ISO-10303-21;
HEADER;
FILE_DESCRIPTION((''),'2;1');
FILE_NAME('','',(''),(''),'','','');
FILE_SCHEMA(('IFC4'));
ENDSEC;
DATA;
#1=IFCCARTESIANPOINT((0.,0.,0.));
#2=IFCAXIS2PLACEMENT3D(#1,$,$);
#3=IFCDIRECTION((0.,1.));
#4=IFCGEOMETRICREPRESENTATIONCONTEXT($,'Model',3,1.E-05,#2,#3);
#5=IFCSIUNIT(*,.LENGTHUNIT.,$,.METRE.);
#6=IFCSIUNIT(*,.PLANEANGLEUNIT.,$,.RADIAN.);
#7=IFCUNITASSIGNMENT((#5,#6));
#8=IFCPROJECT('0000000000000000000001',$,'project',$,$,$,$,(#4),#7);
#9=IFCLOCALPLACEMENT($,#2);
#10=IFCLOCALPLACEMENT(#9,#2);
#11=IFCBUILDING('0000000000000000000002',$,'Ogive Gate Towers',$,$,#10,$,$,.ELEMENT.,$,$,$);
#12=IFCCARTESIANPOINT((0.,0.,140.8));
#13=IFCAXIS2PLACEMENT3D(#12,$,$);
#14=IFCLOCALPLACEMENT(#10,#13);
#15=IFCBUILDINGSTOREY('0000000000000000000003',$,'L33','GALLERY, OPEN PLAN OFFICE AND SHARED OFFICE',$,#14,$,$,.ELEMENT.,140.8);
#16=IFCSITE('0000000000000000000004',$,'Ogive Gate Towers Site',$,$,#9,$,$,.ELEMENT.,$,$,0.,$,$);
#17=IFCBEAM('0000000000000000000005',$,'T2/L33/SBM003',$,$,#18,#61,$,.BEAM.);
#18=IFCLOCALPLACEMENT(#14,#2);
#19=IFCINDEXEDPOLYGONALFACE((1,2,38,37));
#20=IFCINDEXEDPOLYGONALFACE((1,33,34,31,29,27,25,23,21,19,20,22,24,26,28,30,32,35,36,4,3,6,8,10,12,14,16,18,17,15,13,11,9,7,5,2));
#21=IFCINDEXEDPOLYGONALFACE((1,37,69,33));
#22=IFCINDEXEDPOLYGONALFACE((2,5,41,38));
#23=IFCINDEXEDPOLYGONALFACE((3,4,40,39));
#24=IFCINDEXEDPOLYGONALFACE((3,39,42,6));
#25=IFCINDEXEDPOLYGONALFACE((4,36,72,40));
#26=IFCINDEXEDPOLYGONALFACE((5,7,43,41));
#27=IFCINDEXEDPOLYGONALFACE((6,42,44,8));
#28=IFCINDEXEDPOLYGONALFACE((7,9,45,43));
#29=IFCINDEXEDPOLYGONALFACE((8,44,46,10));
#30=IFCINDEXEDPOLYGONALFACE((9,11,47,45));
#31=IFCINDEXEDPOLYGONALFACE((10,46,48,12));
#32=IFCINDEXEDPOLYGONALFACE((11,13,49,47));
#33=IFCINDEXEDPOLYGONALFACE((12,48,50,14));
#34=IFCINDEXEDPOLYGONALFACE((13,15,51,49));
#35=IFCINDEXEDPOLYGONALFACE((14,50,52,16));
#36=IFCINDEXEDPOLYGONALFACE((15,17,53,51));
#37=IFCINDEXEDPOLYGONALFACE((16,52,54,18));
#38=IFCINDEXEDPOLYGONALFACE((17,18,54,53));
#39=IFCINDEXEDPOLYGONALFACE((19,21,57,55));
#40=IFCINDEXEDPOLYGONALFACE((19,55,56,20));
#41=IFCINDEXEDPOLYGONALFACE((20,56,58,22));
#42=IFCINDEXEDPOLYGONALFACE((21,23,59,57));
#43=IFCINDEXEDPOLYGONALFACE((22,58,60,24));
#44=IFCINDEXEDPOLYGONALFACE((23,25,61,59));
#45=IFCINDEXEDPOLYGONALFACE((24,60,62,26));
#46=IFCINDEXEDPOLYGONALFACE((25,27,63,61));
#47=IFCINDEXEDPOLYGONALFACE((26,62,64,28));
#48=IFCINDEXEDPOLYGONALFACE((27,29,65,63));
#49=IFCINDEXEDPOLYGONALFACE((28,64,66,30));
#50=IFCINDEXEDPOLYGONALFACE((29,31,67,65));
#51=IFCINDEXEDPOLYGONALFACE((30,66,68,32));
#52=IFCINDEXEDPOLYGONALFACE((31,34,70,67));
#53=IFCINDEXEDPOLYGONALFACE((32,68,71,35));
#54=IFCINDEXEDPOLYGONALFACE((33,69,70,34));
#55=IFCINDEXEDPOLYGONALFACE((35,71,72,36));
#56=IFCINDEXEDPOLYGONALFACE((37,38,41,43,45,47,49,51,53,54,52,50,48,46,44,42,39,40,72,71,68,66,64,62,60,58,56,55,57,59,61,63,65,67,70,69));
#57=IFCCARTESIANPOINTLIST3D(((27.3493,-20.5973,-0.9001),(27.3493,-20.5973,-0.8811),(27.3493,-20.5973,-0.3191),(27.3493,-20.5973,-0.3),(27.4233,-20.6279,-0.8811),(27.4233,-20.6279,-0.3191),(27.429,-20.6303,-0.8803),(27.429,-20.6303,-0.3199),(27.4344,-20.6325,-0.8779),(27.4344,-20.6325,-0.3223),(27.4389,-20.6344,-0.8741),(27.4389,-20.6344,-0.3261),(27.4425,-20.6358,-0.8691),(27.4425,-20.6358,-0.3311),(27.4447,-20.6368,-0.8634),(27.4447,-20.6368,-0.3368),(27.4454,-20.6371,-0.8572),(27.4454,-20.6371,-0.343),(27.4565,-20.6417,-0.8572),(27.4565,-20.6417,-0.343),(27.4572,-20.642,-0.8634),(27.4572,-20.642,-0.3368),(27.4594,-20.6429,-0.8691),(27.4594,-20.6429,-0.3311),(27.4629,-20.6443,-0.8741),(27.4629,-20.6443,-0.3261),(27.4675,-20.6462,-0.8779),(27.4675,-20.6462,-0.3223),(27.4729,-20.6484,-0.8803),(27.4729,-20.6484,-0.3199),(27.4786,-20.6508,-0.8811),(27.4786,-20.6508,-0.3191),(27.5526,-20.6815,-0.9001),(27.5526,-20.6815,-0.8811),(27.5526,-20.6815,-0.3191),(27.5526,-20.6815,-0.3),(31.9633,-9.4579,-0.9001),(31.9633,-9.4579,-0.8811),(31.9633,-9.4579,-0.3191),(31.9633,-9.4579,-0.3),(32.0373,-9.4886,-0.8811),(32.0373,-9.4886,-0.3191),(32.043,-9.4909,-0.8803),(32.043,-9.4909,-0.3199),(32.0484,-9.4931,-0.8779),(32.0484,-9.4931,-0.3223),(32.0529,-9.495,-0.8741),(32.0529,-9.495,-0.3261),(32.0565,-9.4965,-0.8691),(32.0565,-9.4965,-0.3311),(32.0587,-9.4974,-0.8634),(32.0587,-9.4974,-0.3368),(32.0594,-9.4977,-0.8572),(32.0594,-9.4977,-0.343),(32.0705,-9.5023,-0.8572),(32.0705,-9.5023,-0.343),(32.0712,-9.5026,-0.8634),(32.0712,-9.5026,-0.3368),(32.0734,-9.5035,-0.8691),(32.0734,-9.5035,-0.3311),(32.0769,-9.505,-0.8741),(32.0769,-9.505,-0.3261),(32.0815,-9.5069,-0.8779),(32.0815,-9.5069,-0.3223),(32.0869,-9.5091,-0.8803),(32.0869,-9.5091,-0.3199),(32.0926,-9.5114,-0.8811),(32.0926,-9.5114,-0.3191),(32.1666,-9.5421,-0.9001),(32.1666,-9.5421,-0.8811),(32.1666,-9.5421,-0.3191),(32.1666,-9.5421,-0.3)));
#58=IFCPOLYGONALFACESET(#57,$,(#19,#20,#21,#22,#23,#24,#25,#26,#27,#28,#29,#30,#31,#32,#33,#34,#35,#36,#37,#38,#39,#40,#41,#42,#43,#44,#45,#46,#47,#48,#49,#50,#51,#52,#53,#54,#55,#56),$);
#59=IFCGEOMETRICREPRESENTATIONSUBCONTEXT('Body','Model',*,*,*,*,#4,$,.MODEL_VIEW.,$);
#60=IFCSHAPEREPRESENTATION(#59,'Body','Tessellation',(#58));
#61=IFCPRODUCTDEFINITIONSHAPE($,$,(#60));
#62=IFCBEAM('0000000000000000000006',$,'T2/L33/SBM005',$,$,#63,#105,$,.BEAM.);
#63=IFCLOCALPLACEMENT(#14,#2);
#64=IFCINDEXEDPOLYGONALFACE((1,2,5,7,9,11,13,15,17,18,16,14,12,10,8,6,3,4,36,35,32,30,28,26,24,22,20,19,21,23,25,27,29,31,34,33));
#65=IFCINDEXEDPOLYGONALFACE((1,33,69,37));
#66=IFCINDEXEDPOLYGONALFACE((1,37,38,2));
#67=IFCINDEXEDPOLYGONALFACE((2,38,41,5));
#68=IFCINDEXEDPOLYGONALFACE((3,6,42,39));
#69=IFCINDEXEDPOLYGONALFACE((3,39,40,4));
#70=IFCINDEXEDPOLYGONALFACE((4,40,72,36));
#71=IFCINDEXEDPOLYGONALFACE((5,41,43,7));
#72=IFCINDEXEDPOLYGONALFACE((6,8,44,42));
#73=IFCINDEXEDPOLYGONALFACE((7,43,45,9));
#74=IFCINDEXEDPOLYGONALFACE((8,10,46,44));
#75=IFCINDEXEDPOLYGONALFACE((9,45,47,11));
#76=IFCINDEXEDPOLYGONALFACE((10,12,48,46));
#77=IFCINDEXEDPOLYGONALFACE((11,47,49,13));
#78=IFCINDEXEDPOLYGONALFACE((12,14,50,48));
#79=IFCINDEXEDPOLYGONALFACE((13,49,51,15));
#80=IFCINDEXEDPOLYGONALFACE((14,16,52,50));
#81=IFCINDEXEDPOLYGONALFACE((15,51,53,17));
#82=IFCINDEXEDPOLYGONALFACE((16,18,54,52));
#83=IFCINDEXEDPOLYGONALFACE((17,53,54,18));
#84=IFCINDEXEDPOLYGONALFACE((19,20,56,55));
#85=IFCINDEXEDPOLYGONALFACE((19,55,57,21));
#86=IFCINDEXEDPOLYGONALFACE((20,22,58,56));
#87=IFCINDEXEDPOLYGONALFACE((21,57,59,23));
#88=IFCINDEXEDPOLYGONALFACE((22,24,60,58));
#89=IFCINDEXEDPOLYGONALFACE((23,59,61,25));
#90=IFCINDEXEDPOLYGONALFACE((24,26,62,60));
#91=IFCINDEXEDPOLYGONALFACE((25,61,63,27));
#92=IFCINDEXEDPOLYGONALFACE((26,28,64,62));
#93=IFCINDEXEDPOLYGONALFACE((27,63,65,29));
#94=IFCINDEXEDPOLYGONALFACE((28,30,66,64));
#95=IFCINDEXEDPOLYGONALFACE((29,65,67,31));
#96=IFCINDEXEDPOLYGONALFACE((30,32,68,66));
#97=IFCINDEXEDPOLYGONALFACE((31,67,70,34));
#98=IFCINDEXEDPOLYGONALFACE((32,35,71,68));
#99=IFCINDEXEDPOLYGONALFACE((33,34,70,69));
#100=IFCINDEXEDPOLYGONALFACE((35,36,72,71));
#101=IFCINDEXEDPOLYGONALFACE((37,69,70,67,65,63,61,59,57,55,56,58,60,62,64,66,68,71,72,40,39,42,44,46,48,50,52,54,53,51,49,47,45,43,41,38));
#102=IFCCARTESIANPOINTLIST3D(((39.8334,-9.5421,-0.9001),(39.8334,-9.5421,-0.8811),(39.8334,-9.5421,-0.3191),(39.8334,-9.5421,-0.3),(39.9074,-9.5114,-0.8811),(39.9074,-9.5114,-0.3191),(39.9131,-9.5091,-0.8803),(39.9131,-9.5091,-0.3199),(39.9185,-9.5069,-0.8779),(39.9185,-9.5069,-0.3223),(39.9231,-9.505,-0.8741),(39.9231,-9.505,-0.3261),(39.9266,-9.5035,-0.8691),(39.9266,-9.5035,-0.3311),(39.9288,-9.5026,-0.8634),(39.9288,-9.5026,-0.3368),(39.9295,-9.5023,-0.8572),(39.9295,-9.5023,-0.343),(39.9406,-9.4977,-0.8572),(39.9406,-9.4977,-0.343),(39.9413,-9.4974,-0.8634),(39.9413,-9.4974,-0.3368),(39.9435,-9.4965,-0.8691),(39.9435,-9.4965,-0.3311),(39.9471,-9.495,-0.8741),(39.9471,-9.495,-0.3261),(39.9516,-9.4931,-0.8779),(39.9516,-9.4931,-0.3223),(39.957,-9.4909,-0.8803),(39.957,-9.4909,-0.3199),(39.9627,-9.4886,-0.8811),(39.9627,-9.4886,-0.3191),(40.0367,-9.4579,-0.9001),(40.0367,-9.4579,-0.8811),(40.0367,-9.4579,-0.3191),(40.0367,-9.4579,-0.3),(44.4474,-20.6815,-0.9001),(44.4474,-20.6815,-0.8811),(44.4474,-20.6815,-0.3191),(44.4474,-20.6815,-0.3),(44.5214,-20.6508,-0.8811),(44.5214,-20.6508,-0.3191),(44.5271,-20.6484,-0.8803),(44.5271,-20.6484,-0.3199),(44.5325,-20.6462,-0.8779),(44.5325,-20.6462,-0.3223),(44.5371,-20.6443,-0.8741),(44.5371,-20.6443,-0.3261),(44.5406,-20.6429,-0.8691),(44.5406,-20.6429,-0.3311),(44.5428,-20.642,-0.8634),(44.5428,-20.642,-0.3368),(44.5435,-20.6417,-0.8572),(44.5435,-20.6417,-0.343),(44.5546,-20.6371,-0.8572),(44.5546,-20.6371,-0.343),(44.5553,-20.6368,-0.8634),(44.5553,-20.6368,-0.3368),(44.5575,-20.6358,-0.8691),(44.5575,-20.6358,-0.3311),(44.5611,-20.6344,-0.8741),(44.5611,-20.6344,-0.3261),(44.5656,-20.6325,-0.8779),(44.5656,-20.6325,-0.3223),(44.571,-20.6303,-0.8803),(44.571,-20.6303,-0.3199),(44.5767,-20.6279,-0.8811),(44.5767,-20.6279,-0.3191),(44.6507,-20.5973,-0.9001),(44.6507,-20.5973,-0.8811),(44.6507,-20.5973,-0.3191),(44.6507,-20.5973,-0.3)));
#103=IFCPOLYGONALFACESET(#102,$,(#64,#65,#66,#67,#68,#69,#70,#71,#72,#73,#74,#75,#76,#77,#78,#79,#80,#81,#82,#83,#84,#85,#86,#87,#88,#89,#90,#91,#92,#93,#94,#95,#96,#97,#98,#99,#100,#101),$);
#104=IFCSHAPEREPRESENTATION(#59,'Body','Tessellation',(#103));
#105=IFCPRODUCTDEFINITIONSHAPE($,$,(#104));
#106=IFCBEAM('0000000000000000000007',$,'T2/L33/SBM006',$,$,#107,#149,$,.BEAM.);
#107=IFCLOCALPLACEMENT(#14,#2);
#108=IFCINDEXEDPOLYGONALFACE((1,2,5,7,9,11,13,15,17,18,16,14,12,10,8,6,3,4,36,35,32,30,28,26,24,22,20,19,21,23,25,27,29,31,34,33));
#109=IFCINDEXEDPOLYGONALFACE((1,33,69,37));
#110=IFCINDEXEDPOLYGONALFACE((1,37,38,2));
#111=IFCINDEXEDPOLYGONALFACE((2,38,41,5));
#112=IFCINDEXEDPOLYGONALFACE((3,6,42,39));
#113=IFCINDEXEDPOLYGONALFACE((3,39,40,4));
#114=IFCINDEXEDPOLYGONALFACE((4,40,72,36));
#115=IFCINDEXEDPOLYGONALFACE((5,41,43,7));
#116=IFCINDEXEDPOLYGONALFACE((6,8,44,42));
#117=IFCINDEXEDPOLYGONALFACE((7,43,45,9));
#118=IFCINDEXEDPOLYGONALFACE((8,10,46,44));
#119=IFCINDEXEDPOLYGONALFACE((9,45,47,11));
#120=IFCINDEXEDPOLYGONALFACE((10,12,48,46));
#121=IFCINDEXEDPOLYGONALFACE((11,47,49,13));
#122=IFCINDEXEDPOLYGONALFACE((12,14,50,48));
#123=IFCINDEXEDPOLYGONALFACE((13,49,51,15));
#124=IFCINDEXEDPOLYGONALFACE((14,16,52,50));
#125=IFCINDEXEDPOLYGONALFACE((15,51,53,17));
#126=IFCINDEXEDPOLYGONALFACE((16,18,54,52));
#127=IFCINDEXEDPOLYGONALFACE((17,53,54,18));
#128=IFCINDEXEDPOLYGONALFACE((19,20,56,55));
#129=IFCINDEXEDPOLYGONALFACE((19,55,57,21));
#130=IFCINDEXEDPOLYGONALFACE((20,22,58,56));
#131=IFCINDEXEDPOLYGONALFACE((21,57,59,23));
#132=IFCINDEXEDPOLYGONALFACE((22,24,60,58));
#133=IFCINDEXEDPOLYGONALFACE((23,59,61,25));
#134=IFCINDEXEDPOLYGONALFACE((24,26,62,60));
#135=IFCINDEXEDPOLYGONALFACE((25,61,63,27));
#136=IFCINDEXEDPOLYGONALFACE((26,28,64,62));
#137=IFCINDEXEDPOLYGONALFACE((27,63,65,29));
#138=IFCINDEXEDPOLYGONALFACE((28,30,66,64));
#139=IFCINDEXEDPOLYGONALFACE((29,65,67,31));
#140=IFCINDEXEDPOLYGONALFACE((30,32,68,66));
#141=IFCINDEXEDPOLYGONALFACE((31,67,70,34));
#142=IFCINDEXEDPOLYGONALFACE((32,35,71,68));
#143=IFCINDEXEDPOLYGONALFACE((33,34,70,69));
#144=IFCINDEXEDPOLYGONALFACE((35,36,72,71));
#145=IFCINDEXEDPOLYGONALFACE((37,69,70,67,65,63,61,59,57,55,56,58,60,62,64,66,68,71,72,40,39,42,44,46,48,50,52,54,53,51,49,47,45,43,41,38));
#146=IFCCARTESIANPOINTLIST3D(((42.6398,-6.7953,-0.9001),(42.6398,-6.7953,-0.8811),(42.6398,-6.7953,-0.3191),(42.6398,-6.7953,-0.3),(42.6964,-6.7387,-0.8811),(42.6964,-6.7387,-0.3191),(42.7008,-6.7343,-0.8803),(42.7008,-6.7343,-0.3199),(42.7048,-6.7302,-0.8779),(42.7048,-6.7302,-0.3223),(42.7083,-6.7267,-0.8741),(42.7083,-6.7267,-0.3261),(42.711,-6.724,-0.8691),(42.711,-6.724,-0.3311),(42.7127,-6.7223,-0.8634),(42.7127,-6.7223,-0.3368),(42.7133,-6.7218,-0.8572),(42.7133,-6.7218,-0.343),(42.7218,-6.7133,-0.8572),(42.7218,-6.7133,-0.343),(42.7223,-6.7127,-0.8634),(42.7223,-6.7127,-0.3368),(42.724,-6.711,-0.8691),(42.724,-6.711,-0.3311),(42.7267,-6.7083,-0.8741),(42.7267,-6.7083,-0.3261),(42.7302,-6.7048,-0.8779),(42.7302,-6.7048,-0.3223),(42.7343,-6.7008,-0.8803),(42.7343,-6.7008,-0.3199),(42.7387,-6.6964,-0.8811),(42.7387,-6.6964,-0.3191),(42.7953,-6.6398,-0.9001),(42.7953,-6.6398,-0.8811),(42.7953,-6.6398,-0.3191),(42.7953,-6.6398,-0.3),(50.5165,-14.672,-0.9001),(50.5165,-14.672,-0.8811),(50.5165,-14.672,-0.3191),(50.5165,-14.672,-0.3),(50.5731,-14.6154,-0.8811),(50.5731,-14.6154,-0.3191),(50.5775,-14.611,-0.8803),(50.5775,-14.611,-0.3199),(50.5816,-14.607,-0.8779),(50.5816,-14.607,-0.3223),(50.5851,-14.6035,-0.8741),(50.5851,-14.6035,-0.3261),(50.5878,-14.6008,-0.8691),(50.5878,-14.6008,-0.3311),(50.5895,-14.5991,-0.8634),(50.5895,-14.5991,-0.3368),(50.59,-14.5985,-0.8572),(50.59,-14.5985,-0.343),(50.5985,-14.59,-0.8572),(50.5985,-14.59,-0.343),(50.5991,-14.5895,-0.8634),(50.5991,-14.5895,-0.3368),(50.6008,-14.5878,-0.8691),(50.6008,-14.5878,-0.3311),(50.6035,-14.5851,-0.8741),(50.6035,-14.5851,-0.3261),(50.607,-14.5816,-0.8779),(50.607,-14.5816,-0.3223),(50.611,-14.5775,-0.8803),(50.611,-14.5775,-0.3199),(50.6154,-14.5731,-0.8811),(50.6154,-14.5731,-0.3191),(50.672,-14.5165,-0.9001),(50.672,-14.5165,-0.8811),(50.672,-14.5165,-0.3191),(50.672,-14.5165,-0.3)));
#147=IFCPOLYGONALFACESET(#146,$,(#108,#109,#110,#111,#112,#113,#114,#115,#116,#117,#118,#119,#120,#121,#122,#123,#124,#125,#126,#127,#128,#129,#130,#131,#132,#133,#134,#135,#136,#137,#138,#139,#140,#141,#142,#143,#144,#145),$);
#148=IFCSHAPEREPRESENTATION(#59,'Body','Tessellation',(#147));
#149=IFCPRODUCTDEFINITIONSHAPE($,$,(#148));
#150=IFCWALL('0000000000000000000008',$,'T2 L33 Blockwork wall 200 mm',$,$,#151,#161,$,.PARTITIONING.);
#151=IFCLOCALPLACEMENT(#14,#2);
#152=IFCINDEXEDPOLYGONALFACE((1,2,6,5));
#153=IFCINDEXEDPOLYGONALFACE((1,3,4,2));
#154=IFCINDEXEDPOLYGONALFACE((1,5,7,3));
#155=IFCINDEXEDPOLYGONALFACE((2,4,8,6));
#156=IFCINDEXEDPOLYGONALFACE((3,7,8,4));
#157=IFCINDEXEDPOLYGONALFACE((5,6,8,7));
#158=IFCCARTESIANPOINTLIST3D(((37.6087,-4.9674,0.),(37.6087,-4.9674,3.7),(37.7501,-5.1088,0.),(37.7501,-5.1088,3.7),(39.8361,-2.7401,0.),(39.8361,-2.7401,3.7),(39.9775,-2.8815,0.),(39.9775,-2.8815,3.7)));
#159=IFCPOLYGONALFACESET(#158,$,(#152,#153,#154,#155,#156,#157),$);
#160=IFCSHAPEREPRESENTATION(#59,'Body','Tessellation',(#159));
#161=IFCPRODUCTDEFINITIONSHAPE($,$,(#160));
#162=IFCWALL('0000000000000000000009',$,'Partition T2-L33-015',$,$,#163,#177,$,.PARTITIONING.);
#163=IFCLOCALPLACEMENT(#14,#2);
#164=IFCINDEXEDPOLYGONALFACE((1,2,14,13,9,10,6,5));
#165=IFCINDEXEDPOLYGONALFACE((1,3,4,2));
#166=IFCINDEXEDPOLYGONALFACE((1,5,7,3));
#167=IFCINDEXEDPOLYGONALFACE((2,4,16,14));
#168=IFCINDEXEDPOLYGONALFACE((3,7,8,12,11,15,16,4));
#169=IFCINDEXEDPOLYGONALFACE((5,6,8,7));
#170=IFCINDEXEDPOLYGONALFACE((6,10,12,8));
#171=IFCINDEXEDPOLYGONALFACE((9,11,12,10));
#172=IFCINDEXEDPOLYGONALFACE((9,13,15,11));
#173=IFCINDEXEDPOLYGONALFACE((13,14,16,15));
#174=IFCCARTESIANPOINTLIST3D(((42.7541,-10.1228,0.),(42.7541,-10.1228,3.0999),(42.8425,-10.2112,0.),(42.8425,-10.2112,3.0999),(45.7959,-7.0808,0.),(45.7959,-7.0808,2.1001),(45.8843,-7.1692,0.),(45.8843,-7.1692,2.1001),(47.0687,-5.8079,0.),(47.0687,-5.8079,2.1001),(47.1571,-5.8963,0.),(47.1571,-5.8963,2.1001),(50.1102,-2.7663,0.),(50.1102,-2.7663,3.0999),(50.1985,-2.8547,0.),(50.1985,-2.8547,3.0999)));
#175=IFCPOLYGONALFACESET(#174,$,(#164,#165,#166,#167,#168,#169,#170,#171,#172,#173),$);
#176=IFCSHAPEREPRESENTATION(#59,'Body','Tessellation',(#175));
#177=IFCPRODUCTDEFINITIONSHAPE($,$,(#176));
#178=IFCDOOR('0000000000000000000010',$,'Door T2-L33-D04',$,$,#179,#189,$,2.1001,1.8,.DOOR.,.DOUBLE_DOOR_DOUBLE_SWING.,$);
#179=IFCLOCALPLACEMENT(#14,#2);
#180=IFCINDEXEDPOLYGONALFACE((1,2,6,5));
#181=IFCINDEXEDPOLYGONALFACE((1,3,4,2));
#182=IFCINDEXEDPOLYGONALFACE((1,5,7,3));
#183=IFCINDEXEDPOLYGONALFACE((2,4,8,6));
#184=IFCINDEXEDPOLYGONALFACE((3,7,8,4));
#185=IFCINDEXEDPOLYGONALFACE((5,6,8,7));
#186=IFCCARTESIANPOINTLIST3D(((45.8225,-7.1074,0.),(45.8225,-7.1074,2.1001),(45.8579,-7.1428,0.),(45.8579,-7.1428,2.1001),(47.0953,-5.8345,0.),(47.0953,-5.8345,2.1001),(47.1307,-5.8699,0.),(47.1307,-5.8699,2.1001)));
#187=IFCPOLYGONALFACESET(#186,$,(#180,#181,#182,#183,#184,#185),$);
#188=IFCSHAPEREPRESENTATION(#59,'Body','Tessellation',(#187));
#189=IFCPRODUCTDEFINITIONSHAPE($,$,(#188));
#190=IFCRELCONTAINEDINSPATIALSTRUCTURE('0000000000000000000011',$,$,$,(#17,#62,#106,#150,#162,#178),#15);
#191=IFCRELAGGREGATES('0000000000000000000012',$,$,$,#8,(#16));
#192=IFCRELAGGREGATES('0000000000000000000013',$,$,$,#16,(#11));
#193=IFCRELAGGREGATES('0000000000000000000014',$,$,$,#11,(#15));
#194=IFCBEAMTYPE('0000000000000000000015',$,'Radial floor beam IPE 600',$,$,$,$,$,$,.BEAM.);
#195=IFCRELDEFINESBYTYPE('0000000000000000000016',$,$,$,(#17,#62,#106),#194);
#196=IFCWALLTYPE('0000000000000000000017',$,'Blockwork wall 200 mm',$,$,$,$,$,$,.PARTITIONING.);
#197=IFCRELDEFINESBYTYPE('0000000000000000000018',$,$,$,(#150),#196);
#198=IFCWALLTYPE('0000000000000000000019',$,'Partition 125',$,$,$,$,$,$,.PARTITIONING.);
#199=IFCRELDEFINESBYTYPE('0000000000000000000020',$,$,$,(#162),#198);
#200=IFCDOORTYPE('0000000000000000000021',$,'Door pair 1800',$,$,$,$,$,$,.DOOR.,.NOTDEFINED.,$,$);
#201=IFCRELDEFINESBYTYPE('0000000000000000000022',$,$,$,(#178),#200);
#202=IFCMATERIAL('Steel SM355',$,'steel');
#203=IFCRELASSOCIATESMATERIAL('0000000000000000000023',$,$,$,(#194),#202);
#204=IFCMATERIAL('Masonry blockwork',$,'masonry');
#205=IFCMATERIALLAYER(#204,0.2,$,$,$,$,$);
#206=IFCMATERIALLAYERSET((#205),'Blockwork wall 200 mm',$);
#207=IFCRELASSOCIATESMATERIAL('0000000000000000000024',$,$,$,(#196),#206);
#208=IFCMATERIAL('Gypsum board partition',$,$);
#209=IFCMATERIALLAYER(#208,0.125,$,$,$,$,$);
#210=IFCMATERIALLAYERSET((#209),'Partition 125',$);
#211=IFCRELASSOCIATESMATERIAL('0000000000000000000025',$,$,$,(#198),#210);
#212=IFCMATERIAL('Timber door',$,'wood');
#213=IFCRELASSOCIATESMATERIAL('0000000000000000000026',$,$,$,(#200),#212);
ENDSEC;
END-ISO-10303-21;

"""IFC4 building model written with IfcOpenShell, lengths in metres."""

from ifc_helpers import new_model, si_unit, direction, frame, frame_2d, origin, origin_2d, place, context, subcontext, project, spatial, rectangle, i_section, extrude, material, layer, layer_set, material_profile, profile_set, type_object, element, fill, save


model = new_model("IFC4")

# Units and contexts
model_context = context("Model", 3, precision=1e-05, world=origin(), true_north=direction((0.0, 1.0)))
body_context = subcontext(model_context, "Body", "Model", "MODEL_VIEW")
ifc_project = project(units=[si_unit("LENGTHUNIT", "METRE"), si_unit("PLANEANGLEUNIT", "RADIAN")], contexts=[model_context])

# Site, building, storey
site_placement = place(None, origin())
site = spatial("IfcSite", under=ifc_project, at=site_placement, Name="Ogive Gate Towers Site", CompositionType="ELEMENT", RefElevation=0.0)
building_placement = place(site_placement, origin())
building = spatial("IfcBuilding", under=site, at=building_placement, Name="Ogive Gate Towers", CompositionType="ELEMENT")
storey_placement = place(building_placement, frame((0.0, 0.0, 140.8)))
storey = spatial("IfcBuildingStorey", under=building, at=storey_placement, Name="L33", Description="GALLERY, OPEN PLAN OFFICE AND SHARED OFFICE", CompositionType="ELEMENT", Elevation=140.8)

# Beams
ifc_material_1 = material(Name="Steel SM355", Category="steel")
ifc_material_profile = material_profile(ifc_material_1, i_section(OverallWidth=0.22, OverallDepth=0.6001, WebThickness=0.012, FlangeThickness=0.019, FilletRadius=0.0239, at=origin_2d()), Name="IPE 600")
ifc_profile_set = profile_set([ifc_material_profile], Name="Steel SM355")
beam_type = type_object("IfcBeamType", Name="Radial floor beam IPE 600", PredefinedType="BEAM", material=ifc_profile_set)
for number, where, z_axis, x_axis, name in (
    (1, (32.0649, -9.5, -0.6001), (-0.382678, -0.923882, 0.0), (0.923882, -0.382678, 0.0), "T2/L33/SBM003"),
    (2, (39.9351, -9.5, -0.6001), (0.382678, -0.923882, 0.0), (0.923882, 0.382678, 0.0), "T2/L33/SBM005"),
):
    element("IfcBeam", number, at=place(storey_placement, frame(where, z_axis=z_axis, x_axis=x_axis)), inside=storey, type_object=beam_type, Name=name, PredefinedType="BEAM", context=body_context, shape_type="SweptSolid", body=[
        extrude(i_section(OverallWidth=0.22, OverallDepth=0.6001, WebThickness=0.012, FlangeThickness=0.019, FilletRadius=0.0239, at=origin_2d()), origin(), (0.0, 0.0, 1.0), 12.0571),
    ])
beam_placement = place(storey_placement, frame((42.7175, -6.7175, -0.6001), z_axis=(0.707107, -0.707107, 0.0), x_axis=(0.707107, 0.707107, 0.0)))
element("IfcBeam", 3, at=beam_placement, inside=storey, type_object=beam_type, Name="T2/L33/SBM006", PredefinedType="BEAM", context=body_context, shape_type="SweptSolid", body=[
    extrude(i_section(OverallWidth=0.22, OverallDepth=0.6001, WebThickness=0.012, FlangeThickness=0.019, FilletRadius=0.0239, at=origin_2d()), origin(), (0.0, 0.0, 1.0), 11.1394),
])

# Wall
ifc_material_2 = material(Name="Masonry blockwork", Category="masonry")
ifc_layer_1 = layer(ifc_material_2, 0.2)
ifc_layer_set_1 = layer_set([ifc_layer_1], Name="Blockwork wall 200 mm")
wall_type_1 = type_object("IfcWallType", Name="Blockwork wall 200 mm", PredefinedType="PARTITIONING", material=ifc_layer_set_1)
wall_1_placement = place(storey_placement, frame((37.6794, -5.0381, 0.0), z_axis=(0.0, 0.0, 1.0), x_axis=(0.707107, 0.707107, 0.0)))
element("IfcWall", 4, at=wall_1_placement, inside=storey, type_object=wall_type_1, Name="T2 L33 Blockwork wall 200 mm", PredefinedType="PARTITIONING", context=body_context, shape_type="SweptSolid", body=[
    extrude(rectangle(XDim=3.1499, YDim=0.2, at=frame_2d((1.575, 0.0))), origin(), (0.0, 0.0, 1.0), 3.7),
])

# Wall, opening, door
ifc_material_3 = material(Name="Gypsum board partition")
ifc_layer_2 = layer(ifc_material_3, 0.125)
ifc_layer_set_2 = layer_set([ifc_layer_2], Name="Partition 125")
wall_type_2 = type_object("IfcWallType", Name="Partition 125", PredefinedType="PARTITIONING", material=ifc_layer_set_2)
wall_2_placement = place(storey_placement, frame((42.7983, -10.167, 0.0), z_axis=(0.0, 0.0, 1.0), x_axis=(0.707083, 0.70713, 0.0)))
wall_2 = element("IfcWall", 5, at=wall_2_placement, inside=storey, type_object=wall_type_2, Name="Partition T2-L33-015", PredefinedType="PARTITIONING", context=body_context, shape_type="SweptSolid", body=[
    extrude(rectangle(XDim=10.4033, YDim=0.125, at=frame_2d((5.2017, 0.0))), origin(), (0.0, 0.0, 1.0), 3.0999),
])
opening_1_placement = place(wall_2_placement, frame((4.302, 0.0, 0.0)))
opening_1 = element("IfcOpeningElement", 6, at=opening_1_placement, cuts=wall_2, PredefinedType="OPENING", context=body_context, shape_type="SweptSolid", body=[
    extrude(rectangle(XDim=1.8, YDim=2.1001, at=frame_2d((0.8999, 1.05))), frame((0.0, 0.0725, 0.0), z_axis=(0.0, -1.0, 0.0), x_axis=(1.0, 0.0, 0.0)), (0.0, 0.0, 1.0), 0.145),
])
ifc_material_4 = material(Name="Timber door", Category="wood")
door_type_1 = type_object("IfcDoorType", Name="Door pair 1800", OperationType="NOTDEFINED", PredefinedType="DOOR", material=ifc_material_4)
door_1_placement = place(opening_1_placement, origin())
door_1 = element("IfcDoor", 7, at=door_1_placement, inside=storey, type_object=door_type_1, Name="Door T2-L33-D04", OperationType="DOUBLE_DOOR_DOUBLE_SWING", OverallHeight=2.1001, OverallWidth=1.8, PredefinedType="DOOR", context=body_context, shape_type="SweptSolid", body=[
    extrude(rectangle(XDim=1.8, YDim=2.1001, at=frame_2d((0.8999, 1.05))), frame((0.0, 0.0249, 0.0), z_axis=(0.0, -1.0, 0.0), x_axis=(1.0, 0.0, 0.0)), (0.0, 0.0, 1.0), 0.05),
])
fill(opening_1, door_1)

save(model, "model.ifc")
